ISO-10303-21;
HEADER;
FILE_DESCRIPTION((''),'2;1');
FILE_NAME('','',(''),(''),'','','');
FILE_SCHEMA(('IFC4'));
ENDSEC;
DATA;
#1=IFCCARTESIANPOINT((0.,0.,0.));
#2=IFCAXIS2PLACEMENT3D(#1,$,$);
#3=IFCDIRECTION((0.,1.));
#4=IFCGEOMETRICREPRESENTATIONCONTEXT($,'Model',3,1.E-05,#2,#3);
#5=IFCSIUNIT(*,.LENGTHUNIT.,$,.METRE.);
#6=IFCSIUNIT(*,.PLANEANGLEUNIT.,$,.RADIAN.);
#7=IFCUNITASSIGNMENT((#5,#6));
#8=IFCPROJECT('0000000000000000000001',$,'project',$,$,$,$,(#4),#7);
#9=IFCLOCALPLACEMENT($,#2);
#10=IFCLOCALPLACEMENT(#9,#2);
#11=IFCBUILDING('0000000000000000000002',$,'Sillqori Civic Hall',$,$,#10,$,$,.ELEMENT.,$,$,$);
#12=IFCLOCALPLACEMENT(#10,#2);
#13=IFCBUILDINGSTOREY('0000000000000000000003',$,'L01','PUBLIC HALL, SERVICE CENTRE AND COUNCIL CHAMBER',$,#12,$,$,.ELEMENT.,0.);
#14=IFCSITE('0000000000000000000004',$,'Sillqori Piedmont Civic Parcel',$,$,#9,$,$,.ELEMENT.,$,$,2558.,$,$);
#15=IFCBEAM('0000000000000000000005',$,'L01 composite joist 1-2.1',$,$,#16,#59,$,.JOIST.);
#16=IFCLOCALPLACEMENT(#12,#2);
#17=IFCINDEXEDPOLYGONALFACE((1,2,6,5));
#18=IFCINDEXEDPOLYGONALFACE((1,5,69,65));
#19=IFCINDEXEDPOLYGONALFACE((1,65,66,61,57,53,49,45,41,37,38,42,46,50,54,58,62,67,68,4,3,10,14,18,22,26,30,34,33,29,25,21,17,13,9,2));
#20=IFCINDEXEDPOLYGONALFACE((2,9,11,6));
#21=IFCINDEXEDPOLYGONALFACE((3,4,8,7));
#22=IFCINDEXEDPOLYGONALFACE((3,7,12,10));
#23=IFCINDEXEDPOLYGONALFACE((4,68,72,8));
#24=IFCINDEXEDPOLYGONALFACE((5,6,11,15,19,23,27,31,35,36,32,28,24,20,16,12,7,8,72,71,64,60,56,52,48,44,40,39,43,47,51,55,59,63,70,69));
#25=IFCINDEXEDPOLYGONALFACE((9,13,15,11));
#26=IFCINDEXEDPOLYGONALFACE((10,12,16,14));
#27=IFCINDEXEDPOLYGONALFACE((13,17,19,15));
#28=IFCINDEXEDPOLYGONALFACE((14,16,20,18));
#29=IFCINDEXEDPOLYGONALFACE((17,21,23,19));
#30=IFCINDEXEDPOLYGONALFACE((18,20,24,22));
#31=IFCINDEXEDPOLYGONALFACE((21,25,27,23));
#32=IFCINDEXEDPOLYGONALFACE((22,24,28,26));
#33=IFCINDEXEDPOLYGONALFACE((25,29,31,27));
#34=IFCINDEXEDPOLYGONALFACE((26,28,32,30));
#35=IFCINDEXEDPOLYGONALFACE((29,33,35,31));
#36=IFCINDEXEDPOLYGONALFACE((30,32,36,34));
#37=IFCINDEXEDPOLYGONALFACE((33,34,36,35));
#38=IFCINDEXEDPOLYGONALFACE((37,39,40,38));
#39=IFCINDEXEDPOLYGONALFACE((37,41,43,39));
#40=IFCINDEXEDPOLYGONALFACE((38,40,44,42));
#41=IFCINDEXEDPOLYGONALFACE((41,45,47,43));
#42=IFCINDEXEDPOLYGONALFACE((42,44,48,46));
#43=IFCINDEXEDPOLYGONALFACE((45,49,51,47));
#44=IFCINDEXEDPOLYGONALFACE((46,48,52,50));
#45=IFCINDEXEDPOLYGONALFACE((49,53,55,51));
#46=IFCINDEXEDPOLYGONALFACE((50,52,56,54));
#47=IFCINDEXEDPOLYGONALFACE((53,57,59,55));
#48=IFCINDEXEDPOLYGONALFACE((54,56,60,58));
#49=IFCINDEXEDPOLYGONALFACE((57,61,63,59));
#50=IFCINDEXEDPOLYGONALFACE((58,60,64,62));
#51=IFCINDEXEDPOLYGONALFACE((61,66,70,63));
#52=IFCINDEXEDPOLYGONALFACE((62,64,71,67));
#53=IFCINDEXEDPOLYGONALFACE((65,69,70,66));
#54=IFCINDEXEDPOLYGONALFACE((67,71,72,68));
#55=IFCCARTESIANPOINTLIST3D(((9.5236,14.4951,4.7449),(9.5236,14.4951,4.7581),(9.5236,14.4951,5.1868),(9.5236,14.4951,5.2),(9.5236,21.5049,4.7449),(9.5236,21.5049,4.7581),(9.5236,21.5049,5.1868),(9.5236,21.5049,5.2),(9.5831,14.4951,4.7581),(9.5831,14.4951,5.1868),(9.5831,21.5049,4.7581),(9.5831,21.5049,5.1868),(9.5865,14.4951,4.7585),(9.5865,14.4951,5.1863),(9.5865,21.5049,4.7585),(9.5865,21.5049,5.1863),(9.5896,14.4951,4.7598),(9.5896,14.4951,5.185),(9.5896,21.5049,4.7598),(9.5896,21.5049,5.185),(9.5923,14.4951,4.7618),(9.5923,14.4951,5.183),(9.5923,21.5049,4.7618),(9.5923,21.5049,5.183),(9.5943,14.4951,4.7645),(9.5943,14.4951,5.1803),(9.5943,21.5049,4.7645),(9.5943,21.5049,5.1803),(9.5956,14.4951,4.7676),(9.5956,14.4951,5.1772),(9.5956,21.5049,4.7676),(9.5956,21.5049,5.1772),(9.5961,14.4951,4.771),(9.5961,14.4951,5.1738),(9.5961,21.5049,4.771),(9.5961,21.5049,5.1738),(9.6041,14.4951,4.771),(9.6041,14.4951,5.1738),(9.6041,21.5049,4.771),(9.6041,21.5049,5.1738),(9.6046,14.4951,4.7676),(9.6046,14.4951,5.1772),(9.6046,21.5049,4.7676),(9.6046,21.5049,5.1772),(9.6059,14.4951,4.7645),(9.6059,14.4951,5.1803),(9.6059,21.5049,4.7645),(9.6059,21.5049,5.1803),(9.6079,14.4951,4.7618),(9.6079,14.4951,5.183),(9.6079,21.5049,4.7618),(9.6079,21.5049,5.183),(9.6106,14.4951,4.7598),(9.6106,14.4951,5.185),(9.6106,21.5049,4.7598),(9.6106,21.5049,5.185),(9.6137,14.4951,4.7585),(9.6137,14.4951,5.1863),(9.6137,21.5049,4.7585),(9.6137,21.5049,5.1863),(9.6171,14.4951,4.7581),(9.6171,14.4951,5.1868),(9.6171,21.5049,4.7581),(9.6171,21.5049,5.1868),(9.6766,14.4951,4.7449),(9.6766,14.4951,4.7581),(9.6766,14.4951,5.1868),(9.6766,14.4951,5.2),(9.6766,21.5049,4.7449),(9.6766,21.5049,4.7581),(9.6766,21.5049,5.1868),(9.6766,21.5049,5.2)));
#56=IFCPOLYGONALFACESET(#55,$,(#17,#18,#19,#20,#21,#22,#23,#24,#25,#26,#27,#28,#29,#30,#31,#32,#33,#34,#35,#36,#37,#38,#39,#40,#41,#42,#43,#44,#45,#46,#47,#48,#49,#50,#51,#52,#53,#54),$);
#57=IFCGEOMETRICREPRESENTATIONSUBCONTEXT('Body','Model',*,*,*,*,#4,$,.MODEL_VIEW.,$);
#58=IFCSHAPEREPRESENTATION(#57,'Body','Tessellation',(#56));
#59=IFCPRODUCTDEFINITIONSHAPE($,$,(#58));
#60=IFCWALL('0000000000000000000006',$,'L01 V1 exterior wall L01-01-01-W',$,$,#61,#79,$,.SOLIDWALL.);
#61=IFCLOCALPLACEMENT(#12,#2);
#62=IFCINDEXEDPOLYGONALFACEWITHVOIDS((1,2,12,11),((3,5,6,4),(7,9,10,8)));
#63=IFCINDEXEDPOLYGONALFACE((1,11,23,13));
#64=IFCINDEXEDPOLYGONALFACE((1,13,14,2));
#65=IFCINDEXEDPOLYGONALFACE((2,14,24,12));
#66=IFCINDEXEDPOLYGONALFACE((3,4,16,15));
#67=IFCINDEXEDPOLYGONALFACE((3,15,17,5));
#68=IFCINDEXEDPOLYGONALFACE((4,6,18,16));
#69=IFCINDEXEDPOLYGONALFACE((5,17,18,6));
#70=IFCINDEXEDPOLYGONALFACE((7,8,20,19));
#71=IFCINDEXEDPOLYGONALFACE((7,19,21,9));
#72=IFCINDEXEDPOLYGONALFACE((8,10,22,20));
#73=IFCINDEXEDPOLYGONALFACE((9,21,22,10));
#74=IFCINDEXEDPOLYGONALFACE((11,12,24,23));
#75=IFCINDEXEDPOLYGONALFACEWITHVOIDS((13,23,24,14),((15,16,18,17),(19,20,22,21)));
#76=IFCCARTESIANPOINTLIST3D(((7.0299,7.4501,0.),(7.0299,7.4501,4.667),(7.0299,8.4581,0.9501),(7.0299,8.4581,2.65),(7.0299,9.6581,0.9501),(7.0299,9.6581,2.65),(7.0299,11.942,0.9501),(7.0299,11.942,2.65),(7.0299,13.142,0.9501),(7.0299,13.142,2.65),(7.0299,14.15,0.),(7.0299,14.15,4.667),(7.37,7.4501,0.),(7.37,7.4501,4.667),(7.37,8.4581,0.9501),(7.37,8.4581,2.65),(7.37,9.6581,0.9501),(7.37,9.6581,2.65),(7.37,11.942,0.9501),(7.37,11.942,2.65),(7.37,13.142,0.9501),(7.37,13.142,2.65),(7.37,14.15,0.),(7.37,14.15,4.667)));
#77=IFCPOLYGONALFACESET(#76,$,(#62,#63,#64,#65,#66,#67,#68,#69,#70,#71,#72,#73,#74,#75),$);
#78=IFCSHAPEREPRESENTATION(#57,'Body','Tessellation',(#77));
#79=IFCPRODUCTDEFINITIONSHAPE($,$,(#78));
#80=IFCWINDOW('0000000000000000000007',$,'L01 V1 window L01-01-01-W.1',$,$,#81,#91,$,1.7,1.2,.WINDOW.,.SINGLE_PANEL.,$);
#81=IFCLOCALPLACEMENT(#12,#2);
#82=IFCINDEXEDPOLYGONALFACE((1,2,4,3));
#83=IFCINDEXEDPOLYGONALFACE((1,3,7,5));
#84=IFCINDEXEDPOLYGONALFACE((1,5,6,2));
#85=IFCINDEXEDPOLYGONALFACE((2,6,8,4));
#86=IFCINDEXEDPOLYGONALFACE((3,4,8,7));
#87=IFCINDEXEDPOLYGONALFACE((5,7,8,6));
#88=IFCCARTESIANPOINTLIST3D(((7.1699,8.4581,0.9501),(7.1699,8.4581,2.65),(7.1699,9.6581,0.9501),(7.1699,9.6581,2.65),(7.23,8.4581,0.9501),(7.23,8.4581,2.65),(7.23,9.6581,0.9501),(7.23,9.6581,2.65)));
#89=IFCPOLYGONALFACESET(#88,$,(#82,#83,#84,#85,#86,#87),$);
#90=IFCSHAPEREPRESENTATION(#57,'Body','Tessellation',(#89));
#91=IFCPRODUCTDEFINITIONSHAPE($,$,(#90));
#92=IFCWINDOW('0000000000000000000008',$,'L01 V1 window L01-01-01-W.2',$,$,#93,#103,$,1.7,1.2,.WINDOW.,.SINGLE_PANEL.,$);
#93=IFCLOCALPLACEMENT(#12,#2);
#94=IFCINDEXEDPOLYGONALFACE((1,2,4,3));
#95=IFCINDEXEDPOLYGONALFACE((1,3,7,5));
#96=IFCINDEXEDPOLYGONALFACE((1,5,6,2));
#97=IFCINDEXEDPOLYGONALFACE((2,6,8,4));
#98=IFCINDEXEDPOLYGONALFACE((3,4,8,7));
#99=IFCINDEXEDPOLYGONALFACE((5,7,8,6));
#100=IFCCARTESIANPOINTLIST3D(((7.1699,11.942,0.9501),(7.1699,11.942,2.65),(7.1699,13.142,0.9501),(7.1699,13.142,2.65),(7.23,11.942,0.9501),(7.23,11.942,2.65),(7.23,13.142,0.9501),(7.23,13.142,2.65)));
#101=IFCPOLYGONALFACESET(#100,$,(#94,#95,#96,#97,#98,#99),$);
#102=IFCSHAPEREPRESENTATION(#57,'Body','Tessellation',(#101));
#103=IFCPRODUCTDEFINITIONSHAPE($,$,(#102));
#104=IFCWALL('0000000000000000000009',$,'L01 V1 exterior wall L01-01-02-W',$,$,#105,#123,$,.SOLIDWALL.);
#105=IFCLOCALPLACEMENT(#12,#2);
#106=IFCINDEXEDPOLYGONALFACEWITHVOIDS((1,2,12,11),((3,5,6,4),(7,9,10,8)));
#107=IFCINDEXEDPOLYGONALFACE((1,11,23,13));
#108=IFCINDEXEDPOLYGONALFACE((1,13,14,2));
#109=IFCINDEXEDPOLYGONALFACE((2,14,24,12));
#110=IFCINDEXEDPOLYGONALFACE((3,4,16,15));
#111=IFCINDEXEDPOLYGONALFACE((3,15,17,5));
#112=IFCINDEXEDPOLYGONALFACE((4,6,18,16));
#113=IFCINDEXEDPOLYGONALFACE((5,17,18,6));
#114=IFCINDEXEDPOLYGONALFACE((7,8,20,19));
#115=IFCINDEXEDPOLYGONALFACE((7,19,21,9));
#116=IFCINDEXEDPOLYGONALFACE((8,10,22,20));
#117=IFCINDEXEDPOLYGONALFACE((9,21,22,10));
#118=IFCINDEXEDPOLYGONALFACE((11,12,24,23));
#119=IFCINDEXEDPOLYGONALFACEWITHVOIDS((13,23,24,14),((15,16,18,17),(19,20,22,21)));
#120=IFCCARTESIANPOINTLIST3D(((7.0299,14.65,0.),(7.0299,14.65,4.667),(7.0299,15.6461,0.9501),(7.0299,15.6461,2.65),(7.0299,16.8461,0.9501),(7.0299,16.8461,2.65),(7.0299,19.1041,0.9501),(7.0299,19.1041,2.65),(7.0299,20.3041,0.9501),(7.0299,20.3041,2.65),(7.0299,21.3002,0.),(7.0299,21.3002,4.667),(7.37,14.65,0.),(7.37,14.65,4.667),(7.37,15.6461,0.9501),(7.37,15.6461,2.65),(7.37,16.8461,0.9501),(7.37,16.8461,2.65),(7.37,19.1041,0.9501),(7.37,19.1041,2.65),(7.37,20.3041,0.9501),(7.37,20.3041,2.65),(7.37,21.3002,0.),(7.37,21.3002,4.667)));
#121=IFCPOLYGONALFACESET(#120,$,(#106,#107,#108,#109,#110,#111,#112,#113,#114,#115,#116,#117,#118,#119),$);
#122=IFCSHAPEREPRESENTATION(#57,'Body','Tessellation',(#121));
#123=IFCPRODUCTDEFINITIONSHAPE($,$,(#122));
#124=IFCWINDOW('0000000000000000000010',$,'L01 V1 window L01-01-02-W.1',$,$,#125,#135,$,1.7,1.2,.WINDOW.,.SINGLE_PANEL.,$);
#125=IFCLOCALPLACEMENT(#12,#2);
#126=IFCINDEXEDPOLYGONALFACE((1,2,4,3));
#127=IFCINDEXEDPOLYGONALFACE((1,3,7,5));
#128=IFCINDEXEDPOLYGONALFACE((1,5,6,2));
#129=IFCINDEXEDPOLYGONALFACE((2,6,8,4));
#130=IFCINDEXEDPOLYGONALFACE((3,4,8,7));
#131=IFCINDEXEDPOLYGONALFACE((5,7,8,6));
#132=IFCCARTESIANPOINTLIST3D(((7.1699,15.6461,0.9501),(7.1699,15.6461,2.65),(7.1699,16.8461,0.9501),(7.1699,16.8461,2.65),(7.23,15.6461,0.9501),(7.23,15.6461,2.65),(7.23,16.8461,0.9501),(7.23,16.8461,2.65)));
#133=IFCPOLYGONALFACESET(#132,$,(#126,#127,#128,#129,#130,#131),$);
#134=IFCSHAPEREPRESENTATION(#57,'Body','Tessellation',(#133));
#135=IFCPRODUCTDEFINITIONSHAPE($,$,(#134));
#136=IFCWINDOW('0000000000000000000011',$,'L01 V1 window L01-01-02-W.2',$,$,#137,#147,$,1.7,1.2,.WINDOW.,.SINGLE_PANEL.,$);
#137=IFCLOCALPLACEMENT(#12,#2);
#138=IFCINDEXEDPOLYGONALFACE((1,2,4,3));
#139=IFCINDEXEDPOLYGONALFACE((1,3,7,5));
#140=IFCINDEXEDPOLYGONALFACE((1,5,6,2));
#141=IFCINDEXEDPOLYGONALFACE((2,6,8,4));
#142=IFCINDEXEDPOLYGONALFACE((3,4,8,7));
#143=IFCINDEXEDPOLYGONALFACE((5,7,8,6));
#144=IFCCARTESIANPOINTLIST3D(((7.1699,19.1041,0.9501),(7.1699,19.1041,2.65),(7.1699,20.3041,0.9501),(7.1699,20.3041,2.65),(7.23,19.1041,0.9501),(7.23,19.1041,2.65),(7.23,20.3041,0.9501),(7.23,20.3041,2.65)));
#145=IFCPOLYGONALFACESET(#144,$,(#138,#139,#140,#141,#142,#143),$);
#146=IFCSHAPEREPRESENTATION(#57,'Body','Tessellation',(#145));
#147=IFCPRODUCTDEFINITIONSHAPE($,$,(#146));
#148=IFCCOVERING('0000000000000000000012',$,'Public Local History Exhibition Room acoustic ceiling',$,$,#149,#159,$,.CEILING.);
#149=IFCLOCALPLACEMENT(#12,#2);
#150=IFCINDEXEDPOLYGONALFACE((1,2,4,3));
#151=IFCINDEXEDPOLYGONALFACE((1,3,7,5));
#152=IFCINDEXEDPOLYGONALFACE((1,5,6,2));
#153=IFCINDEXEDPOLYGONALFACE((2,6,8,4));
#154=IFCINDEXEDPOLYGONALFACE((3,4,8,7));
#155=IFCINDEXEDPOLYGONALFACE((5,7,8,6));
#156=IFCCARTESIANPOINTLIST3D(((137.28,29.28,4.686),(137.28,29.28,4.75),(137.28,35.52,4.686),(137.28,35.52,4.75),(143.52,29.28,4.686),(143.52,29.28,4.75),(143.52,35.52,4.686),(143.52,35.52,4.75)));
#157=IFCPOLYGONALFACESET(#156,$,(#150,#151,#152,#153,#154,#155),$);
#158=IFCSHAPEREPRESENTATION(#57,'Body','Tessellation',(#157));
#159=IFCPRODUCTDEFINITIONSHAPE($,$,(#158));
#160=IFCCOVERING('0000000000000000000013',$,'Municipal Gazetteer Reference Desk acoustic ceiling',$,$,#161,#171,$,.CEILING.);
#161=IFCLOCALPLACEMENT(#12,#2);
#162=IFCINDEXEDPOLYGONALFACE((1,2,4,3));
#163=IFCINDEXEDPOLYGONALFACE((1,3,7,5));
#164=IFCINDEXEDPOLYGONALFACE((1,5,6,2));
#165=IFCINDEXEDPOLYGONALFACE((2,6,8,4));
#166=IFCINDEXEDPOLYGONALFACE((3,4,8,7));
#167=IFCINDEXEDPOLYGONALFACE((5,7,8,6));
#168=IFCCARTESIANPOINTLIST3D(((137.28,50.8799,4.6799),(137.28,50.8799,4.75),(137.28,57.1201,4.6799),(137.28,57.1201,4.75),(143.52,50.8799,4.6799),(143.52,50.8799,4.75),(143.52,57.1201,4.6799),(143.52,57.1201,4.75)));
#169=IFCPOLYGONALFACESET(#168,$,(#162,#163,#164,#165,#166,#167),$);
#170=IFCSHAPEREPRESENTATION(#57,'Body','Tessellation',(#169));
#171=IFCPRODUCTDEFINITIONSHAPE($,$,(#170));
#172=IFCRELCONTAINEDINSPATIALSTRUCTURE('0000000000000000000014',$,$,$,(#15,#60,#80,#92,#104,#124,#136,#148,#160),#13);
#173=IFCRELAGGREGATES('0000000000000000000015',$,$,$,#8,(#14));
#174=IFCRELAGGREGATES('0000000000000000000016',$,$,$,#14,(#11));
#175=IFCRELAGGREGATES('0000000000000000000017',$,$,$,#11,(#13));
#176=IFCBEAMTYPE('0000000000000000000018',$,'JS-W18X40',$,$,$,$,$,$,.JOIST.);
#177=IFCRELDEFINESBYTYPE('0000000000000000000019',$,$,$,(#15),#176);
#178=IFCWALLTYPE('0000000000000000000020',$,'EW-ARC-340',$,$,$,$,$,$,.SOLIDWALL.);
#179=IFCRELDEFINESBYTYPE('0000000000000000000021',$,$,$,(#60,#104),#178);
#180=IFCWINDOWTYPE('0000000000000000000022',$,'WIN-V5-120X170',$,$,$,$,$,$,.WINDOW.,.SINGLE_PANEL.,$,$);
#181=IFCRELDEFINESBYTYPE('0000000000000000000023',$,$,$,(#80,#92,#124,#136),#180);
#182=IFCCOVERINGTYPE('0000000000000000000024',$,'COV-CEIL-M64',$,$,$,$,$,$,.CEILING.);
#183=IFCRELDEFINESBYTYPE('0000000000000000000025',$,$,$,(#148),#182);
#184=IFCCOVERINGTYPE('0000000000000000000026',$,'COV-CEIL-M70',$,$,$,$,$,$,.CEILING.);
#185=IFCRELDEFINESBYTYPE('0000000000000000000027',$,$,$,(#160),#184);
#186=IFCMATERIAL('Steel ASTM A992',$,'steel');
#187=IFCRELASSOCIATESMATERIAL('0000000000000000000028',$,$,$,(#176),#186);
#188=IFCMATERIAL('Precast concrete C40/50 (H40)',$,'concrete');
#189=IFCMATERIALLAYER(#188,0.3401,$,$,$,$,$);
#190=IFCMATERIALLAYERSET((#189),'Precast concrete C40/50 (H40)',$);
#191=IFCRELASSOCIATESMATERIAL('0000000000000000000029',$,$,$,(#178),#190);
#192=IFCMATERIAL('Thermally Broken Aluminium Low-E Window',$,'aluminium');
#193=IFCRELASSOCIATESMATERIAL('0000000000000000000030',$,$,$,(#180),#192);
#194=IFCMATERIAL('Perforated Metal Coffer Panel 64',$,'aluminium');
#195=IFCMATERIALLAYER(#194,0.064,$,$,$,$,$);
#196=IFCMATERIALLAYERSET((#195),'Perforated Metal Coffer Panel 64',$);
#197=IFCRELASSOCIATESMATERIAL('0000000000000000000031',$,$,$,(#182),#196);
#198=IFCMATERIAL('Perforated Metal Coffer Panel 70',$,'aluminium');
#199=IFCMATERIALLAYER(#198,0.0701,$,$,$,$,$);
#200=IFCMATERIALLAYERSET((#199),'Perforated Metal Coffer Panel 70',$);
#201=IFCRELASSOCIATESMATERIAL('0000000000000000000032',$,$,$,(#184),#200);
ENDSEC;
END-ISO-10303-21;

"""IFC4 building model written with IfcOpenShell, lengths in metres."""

from ifc_helpers import new_model, si_unit, direction, frame, frame_2d, origin, origin_2d, place, context, subcontext, project, spatial, polyline, rectangle, i_section, outline, extrude, material, layer, layer_set, material_profile, profile_set, type_object, element, fill, save


model = new_model("IFC4")

# Units and contexts
model_context = context("Model", 3, precision=1e-05, world=origin(), true_north=direction((0.0, 1.0)))
body_context = subcontext(model_context, "Body", "Model", "MODEL_VIEW")
ifc_project = project(units=[si_unit("LENGTHUNIT", "METRE"), si_unit("PLANEANGLEUNIT", "RADIAN")], contexts=[model_context])

# Site, building, storey
site_placement = place(None, origin())
site = spatial("IfcSite", under=ifc_project, at=site_placement, Name="Sillqori Piedmont Civic Parcel", CompositionType="ELEMENT", RefElevation=2558.0)
building_placement = place(site_placement, origin())
building = spatial("IfcBuilding", under=site, at=building_placement, Name="Sillqori Civic Hall", CompositionType="ELEMENT")
storey_placement = place(building_placement, origin())
storey = spatial("IfcBuildingStorey", under=building, at=storey_placement, Name="L01", Description="PUBLIC HALL, SERVICE CENTRE AND COUNCIL CHAMBER", CompositionType="ELEMENT", Elevation=0.0)

# Beam
ifc_material_1 = material(Name="Steel ASTM A992", Category="steel")
ifc_material_profile_1 = material_profile(ifc_material_1, i_section(OverallWidth=0.1531, OverallDepth=0.4551, WebThickness=0.0081, FlangeThickness=0.0132, FilletRadius=0.0129, at=origin_2d()), Name="W18X40")
ifc_profile_set_1 = profile_set([ifc_material_profile_1], Name="Steel ASTM A992")
beam_type_1 = type_object("IfcBeamType", Name="JS-W18X40", PredefinedType="JOIST", material=ifc_profile_set_1)
beam_1_placement = place(storey_placement, frame((9.6001, 14.4951, 4.9724), z_axis=(0.0, 1.0, 0.0), x_axis=(-1.0, 0.0, 0.0)))
element("IfcBeam", 1, at=beam_1_placement, inside=storey, type_object=beam_type_1, Name="L01 composite joist 1-2.1", PredefinedType="JOIST", context=body_context, shape_type="SweptSolid", body=[
    extrude(i_section(OverallWidth=0.1531, OverallDepth=0.4551, WebThickness=0.0081, FlangeThickness=0.0132, FilletRadius=0.0129, at=origin_2d()), origin(), (0.0, 0.0, 1.0), 7.0098),
])

# Walls, openings, windows
ifc_material_2 = material(Name="Precast concrete C40/50 (H40)", Category="concrete")
ifc_layer_1 = layer(ifc_material_2, 0.3401)
ifc_layer_set_1 = layer_set([ifc_layer_1], Name="Precast concrete C40/50 (H40)")
wall_type = type_object("IfcWallType", Name="EW-ARC-340", PredefinedType="SOLIDWALL", material=ifc_layer_set_1)
wall_1_placement = place(storey_placement, frame((7.2, 7.45, 0.0), z_axis=(0.0, 0.0, 1.0), x_axis=(0.0, 1.0, 0.0)))
wall_1 = element("IfcWall", 2, at=wall_1_placement, inside=storey, type_object=wall_type, Name="L01 V1 exterior wall L01-01-01-W", PredefinedType="SOLIDWALL", context=body_context, shape_type="SweptSolid", body=[
    extrude(rectangle(XDim=6.7, YDim=0.3401, at=frame_2d((3.3501, 0.0))), origin(), (0.0, 0.0, 1.0), 4.667),
])
opening_1_placement = place(wall_1_placement, frame((1.0081, 0.0, 0.95)))
opening_1 = element("IfcOpeningElement", 3, at=opening_1_placement, cuts=wall_1, PredefinedType="OPENING", context=body_context, shape_type="SweptSolid", body=[
    extrude(rectangle(XDim=1.2, YDim=1.7, at=frame_2d((0.6001, 0.8501))), frame((0.0, 0.1799, 0.0), z_axis=(0.0, -1.0, 0.0), x_axis=(1.0, 0.0, 0.0)), (0.0, 0.0, 1.0), 0.3601),
])
opening_2_placement = place(wall_1_placement, frame((4.4919, 0.0, 0.95)))
opening_2 = element("IfcOpeningElement", 4, at=opening_2_placement, cuts=wall_1, PredefinedType="OPENING", context=body_context, shape_type="SweptSolid", body=[
    extrude(rectangle(XDim=1.2, YDim=1.7, at=frame_2d((0.6001, 0.8501))), frame((0.0, 0.1799, 0.0), z_axis=(0.0, -1.0, 0.0), x_axis=(1.0, 0.0, 0.0)), (0.0, 0.0, 1.0), 0.3601),
])
ifc_material_3 = material(Name="Thermally Broken Aluminium Low-E Window", Category="aluminium")
window_type = type_object("IfcWindowType", Name="WIN-V5-120X170", PartitioningType="SINGLE_PANEL", PredefinedType="WINDOW", material=ifc_material_3)
window_1_placement = place(opening_1_placement, origin())
window_1 = element("IfcWindow", 5, at=window_1_placement, inside=storey, type_object=window_type, Name="L01 V1 window L01-01-01-W.1", OverallHeight=1.7, OverallWidth=1.2, PartitioningType="SINGLE_PANEL", PredefinedType="WINDOW", context=body_context, shape_type="SweptSolid", body=[
    extrude(rectangle(XDim=1.2, YDim=1.7, at=frame_2d((0.6001, 0.8501))), frame((0.0, 0.03, 0.0), z_axis=(0.0, -1.0, 0.0), x_axis=(1.0, 0.0, 0.0)), (0.0, 0.0, 1.0), 0.0601),
])
fill(opening_1, window_1)
window_2_placement = place(opening_2_placement, origin())
window_2 = element("IfcWindow", 6, at=window_2_placement, inside=storey, type_object=window_type, Name="L01 V1 window L01-01-01-W.2", OverallHeight=1.7, OverallWidth=1.2, PartitioningType="SINGLE_PANEL", PredefinedType="WINDOW", context=body_context, shape_type="SweptSolid", body=[
    extrude(rectangle(XDim=1.2, YDim=1.7, at=frame_2d((0.6001, 0.8501))), frame((0.0, 0.03, 0.0), z_axis=(0.0, -1.0, 0.0), x_axis=(1.0, 0.0, 0.0)), (0.0, 0.0, 1.0), 0.0601),
])
fill(opening_2, window_2)
wall_2_placement = place(storey_placement, frame((7.2, 14.6499, 0.0), z_axis=(0.0, 0.0, 1.0), x_axis=(0.0, 1.0, 0.0)))
wall_2 = element("IfcWall", 7, at=wall_2_placement, inside=storey, type_object=wall_type, Name="L01 V1 exterior wall L01-01-02-W", PredefinedType="SOLIDWALL", context=body_context, shape_type="SweptSolid", body=[
    extrude(rectangle(XDim=6.6501, YDim=0.3401, at=frame_2d((3.3252, 0.0))), origin(), (0.0, 0.0, 1.0), 4.667),
])
opening_3_placement = place(wall_2_placement, frame((0.9961, 0.0, 0.95)))
opening_3 = element("IfcOpeningElement", 8, at=opening_3_placement, cuts=wall_2, PredefinedType="OPENING", context=body_context, shape_type="SweptSolid", body=[
    extrude(rectangle(XDim=1.2, YDim=1.7, at=frame_2d((0.6001, 0.8501))), frame((0.0, 0.1799, 0.0), z_axis=(0.0, -1.0, 0.0), x_axis=(1.0, 0.0, 0.0)), (0.0, 0.0, 1.0), 0.3601),
])
opening_4_placement = place(wall_2_placement, frame((4.4541, 0.0, 0.95)))
opening_4 = element("IfcOpeningElement", 9, at=opening_4_placement, cuts=wall_2, PredefinedType="OPENING", context=body_context, shape_type="SweptSolid", body=[
    extrude(rectangle(XDim=1.2, YDim=1.7, at=frame_2d((0.6001, 0.8501))), frame((0.0, 0.1799, 0.0), z_axis=(0.0, -1.0, 0.0), x_axis=(1.0, 0.0, 0.0)), (0.0, 0.0, 1.0), 0.3601),
])
window_3_placement = place(opening_3_placement, origin())
window_3 = element("IfcWindow", 10, at=window_3_placement, inside=storey, type_object=window_type, Name="L01 V1 window L01-01-02-W.1", OverallHeight=1.7, OverallWidth=1.2, PartitioningType="SINGLE_PANEL", PredefinedType="WINDOW", context=body_context, shape_type="SweptSolid", body=[
    extrude(rectangle(XDim=1.2, YDim=1.7, at=frame_2d((0.6001, 0.8501))), frame((0.0, 0.03, 0.0), z_axis=(0.0, -1.0, 0.0), x_axis=(1.0, 0.0, 0.0)), (0.0, 0.0, 1.0), 0.0601),
])
fill(opening_3, window_3)
window_4_placement = place(opening_4_placement, origin())
window_4 = element("IfcWindow", 11, at=window_4_placement, inside=storey, type_object=window_type, Name="L01 V1 window L01-01-02-W.2", OverallHeight=1.7, OverallWidth=1.2, PartitioningType="SINGLE_PANEL", PredefinedType="WINDOW", context=body_context, shape_type="SweptSolid", body=[
    extrude(rectangle(XDim=1.2, YDim=1.7, at=frame_2d((0.6001, 0.8501))), frame((0.0, 0.03, 0.0), z_axis=(0.0, -1.0, 0.0), x_axis=(1.0, 0.0, 0.0)), (0.0, 0.0, 1.0), 0.0601),
])
fill(opening_4, window_4)

# Coverings
ifc_material_4 = material(Name="Perforated Metal Coffer Panel 64", Category="aluminium")
ifc_layer_2 = layer(ifc_material_4, 0.064)
ifc_layer_set_2 = layer_set([ifc_layer_2], Name="Perforated Metal Coffer Panel 64")
covering_type_1 = type_object("IfcCoveringType", Name="COV-CEIL-M64", PredefinedType="CEILING", material=ifc_layer_set_2)
covering_1_placement = place(storey_placement, frame((0.0, 0.0, 4.686)))
element("IfcCovering", 12, at=covering_1_placement, inside=storey, type_object=covering_type_1, Name="Public Local History Exhibition Room acoustic ceiling", PredefinedType="CEILING", context=body_context, shape_type="SweptSolid", body=[
    extrude(outline(polyline([(137.28, 29.28), (143.52, 29.28), (143.52, 35.52), (137.28, 35.52), (137.28, 29.28)])), origin(), (0.0, 0.0, 1.0), 0.064),
])
ifc_material_5 = material(Name="Perforated Metal Coffer Panel 70", Category="aluminium")
ifc_layer_3 = layer(ifc_material_5, 0.0701)
ifc_layer_set_3 = layer_set([ifc_layer_3], Name="Perforated Metal Coffer Panel 70")
covering_type_2 = type_object("IfcCoveringType", Name="COV-CEIL-M70", PredefinedType="CEILING", material=ifc_layer_set_3)
covering_2_placement = place(storey_placement, frame((0.0, 0.0, 4.6799)))
element("IfcCovering", 13, at=covering_2_placement, inside=storey, type_object=covering_type_2, Name="Municipal Gazetteer Reference Desk acoustic ceiling", PredefinedType="CEILING", context=body_context, shape_type="SweptSolid", body=[
    extrude(outline(polyline([(137.28, 50.8799), (143.52, 50.8799), (143.52, 57.1201), (137.28, 57.1201), (137.28, 50.8799)])), origin(), (0.0, 0.0, 1.0), 0.0701),
])

save(model, "model.ifc")
